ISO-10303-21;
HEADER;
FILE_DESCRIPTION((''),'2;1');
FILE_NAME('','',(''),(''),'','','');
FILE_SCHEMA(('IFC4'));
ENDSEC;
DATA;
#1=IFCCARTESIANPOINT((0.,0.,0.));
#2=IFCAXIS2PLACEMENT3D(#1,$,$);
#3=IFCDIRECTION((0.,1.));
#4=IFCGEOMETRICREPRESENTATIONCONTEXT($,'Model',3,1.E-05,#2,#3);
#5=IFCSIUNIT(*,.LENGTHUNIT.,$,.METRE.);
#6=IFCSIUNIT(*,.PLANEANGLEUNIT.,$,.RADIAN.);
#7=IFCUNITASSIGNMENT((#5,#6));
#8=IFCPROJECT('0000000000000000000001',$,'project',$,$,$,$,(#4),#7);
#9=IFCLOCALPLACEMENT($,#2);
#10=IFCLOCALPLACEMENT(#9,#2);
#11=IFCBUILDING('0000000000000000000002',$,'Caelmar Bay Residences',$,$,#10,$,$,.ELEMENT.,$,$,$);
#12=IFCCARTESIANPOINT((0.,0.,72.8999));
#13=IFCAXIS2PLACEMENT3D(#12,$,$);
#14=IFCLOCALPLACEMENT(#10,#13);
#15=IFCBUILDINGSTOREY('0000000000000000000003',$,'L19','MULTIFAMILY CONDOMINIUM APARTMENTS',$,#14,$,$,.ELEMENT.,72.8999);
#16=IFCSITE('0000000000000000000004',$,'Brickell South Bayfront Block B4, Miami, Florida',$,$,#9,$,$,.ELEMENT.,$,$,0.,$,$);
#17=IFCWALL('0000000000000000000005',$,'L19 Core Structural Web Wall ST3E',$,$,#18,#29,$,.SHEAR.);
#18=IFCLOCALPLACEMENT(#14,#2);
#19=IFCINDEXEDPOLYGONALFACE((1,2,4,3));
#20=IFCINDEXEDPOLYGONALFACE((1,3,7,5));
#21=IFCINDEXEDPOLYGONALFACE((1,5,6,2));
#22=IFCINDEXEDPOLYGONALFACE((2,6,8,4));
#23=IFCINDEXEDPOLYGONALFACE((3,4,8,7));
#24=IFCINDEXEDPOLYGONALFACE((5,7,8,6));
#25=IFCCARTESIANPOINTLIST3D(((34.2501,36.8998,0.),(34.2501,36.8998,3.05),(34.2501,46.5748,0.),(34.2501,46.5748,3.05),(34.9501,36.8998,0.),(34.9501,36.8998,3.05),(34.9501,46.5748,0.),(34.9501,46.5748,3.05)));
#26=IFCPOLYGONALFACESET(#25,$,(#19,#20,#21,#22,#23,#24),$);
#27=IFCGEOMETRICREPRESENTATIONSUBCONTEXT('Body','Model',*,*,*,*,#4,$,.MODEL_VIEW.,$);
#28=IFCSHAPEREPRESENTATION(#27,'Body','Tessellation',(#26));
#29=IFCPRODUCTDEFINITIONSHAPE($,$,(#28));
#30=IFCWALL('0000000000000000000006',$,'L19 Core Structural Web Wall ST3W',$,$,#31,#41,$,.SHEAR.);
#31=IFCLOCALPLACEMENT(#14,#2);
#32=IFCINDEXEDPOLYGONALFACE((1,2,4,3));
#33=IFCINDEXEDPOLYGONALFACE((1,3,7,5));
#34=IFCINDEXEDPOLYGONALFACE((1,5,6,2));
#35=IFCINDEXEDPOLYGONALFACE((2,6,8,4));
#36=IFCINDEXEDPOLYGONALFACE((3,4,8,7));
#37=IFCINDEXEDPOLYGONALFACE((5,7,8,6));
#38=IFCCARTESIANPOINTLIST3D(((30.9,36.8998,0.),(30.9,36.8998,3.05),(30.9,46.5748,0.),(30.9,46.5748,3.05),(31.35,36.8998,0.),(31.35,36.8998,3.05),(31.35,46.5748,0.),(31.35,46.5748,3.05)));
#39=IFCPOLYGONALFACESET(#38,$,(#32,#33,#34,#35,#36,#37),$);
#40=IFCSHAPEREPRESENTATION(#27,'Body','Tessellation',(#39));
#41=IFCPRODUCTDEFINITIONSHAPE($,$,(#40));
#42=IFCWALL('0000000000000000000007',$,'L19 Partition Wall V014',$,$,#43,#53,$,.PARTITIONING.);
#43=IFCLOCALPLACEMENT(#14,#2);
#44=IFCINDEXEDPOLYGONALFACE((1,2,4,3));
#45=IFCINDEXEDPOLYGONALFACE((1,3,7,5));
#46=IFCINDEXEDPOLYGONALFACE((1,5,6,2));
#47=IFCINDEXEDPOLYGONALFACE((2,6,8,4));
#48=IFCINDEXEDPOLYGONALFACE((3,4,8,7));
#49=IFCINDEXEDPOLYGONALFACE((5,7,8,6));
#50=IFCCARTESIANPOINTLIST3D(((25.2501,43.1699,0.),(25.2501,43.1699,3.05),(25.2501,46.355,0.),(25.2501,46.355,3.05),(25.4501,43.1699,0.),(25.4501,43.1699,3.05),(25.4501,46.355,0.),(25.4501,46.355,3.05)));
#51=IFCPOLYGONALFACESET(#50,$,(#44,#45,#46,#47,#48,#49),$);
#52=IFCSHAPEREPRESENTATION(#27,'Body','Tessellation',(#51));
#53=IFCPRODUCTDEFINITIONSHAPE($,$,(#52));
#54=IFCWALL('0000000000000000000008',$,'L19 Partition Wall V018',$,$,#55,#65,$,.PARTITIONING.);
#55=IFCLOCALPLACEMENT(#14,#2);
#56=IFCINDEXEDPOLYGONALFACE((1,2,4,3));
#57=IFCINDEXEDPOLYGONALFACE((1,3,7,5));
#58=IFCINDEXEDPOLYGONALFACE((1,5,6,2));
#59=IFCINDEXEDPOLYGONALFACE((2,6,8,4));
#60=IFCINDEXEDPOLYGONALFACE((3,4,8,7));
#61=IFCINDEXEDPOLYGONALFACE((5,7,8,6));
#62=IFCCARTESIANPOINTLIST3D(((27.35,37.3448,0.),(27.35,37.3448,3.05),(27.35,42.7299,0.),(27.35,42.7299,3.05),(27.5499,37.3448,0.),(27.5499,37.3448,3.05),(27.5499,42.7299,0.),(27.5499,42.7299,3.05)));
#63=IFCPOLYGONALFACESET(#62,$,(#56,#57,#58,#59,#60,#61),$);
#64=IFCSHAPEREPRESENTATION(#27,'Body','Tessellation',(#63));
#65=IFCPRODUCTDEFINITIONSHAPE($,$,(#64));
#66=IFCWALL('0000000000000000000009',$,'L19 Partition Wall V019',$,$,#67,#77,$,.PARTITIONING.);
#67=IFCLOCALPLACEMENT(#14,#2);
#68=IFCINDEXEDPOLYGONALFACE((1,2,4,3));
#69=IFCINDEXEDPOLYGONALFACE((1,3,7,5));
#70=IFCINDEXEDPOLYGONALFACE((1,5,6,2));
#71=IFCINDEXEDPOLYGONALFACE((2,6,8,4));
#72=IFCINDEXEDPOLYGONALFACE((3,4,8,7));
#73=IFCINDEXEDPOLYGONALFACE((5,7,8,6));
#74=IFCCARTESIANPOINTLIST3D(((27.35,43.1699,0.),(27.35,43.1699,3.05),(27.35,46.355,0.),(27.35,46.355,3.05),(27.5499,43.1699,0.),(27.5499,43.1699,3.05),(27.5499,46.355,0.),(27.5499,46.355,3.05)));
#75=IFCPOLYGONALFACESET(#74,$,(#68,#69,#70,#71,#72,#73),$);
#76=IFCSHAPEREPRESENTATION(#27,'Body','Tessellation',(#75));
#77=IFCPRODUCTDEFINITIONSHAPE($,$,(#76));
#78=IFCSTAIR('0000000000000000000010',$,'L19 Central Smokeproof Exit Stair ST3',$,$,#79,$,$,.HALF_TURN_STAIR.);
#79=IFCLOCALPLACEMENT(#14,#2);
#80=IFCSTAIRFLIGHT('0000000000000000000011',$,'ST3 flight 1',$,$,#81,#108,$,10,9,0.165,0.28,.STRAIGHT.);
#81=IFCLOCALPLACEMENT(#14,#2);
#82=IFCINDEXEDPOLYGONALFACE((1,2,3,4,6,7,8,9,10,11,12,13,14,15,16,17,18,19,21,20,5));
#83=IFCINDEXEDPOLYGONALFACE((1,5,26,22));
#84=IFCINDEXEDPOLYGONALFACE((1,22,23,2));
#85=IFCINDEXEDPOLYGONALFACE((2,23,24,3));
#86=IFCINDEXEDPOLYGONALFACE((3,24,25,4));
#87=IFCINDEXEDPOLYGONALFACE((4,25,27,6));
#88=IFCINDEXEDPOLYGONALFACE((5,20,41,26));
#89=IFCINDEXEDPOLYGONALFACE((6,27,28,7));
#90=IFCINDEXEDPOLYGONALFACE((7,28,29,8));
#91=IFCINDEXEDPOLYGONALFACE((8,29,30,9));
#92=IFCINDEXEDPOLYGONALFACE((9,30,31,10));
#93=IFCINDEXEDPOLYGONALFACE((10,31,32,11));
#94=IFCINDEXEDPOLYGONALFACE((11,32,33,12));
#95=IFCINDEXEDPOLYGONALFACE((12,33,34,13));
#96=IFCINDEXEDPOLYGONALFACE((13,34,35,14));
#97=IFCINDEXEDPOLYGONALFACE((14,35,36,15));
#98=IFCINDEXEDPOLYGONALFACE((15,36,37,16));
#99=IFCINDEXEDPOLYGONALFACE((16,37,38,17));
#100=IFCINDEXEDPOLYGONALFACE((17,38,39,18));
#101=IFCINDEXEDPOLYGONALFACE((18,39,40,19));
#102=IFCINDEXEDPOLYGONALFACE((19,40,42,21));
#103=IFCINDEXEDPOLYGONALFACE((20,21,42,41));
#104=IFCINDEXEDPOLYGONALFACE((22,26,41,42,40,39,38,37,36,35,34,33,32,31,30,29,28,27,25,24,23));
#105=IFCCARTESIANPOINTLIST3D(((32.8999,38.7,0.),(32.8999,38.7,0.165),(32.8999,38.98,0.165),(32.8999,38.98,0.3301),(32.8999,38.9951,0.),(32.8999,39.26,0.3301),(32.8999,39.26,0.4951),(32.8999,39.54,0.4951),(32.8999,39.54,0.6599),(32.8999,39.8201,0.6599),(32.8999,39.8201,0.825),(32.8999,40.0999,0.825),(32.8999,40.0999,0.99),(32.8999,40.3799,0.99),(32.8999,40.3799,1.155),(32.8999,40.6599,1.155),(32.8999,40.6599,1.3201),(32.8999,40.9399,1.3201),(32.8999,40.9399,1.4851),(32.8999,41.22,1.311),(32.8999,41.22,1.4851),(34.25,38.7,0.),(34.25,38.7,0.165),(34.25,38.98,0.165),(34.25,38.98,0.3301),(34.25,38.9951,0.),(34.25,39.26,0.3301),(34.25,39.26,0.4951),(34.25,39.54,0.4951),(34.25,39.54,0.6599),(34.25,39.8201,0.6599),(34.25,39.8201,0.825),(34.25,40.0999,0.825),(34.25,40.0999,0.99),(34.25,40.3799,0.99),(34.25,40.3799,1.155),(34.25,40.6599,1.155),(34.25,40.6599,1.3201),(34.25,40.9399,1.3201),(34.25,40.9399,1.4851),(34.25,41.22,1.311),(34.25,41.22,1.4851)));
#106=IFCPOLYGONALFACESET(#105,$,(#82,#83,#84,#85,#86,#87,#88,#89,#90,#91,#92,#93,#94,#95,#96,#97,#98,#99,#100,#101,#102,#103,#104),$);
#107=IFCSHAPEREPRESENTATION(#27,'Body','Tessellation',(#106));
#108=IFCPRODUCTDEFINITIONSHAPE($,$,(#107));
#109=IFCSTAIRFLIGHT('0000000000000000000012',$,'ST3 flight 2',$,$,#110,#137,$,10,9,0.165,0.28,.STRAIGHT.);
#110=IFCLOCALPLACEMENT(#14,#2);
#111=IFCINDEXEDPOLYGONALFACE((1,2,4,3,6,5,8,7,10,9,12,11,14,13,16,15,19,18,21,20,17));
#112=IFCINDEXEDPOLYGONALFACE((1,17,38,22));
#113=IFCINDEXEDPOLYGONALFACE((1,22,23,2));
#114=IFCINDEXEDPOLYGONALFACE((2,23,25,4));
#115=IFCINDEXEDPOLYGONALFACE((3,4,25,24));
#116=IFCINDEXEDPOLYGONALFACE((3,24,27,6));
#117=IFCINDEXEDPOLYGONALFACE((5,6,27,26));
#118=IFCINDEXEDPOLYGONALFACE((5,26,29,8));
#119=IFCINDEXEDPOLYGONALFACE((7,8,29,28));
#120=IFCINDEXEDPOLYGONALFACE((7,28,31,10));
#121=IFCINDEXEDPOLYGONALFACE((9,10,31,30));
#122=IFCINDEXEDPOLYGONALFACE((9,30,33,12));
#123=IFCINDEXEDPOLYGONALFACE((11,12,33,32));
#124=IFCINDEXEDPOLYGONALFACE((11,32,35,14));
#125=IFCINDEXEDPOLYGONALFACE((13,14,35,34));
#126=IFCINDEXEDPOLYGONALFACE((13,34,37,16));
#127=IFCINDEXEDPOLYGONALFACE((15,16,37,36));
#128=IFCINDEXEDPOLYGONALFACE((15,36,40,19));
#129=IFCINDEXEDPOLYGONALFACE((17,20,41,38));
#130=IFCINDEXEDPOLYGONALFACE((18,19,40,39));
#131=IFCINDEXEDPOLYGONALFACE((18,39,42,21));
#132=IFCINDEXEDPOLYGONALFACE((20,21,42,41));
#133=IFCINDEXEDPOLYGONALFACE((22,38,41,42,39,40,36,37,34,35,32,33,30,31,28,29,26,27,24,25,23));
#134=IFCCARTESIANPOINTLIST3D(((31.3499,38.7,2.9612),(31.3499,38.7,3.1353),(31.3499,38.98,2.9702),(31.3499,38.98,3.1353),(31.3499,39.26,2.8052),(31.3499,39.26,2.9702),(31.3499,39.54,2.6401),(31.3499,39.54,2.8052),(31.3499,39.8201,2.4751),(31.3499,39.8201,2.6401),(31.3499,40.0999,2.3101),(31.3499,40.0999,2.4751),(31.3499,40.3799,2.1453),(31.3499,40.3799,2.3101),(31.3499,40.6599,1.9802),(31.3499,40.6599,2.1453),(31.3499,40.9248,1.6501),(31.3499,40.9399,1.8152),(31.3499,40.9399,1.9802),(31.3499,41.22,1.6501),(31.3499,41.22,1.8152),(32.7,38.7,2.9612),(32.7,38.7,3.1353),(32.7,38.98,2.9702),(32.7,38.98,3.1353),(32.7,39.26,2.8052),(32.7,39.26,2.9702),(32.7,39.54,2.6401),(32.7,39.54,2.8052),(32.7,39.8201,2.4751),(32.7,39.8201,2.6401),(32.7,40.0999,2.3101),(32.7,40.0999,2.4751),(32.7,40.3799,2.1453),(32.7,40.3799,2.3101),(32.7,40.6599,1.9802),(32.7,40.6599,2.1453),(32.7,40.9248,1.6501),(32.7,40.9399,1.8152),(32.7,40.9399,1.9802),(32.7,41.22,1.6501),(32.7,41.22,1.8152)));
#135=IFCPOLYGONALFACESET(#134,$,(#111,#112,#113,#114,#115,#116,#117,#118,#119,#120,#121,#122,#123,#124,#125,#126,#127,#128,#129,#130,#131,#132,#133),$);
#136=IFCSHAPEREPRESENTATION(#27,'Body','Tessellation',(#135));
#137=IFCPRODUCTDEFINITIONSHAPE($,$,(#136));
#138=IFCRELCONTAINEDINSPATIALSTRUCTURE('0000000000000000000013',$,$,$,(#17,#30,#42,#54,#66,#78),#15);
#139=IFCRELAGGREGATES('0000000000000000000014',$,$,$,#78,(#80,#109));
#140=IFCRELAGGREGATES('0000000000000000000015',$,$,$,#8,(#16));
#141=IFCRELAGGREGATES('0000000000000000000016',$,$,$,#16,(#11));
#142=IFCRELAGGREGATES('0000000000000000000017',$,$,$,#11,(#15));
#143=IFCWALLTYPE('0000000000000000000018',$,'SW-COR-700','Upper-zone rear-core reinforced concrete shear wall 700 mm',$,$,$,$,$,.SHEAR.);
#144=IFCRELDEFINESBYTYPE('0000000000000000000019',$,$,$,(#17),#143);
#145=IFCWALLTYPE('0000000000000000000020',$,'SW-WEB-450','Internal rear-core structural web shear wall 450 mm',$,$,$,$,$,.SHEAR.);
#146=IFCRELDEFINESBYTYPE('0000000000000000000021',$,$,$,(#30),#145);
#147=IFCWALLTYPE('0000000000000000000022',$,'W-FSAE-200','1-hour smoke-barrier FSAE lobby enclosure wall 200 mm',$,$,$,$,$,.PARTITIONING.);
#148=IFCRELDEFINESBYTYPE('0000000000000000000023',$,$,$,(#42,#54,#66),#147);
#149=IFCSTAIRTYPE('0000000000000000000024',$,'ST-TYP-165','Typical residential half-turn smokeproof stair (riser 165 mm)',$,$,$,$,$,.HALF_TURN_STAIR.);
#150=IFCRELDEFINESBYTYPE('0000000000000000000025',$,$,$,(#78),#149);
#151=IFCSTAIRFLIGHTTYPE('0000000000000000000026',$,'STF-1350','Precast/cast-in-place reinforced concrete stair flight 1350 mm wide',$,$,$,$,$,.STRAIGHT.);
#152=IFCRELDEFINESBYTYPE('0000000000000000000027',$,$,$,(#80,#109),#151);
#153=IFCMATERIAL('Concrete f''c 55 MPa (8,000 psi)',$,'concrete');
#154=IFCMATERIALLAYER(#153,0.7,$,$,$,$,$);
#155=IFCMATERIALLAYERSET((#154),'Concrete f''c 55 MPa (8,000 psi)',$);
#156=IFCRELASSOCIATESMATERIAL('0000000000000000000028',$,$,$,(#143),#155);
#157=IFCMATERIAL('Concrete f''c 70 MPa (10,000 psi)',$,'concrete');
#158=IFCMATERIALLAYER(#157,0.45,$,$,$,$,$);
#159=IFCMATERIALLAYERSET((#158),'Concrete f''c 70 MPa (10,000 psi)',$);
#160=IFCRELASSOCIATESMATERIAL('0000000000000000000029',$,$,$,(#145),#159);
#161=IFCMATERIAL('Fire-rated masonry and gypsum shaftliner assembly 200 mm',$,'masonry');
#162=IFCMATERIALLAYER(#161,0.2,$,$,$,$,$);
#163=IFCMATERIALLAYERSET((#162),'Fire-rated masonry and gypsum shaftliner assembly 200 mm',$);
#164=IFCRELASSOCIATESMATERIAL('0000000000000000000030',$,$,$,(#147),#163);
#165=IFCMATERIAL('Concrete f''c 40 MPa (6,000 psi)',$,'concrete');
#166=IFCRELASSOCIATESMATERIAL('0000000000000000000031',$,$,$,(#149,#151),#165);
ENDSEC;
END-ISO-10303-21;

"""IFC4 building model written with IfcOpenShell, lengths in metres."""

from ifc_helpers import new_model, si_unit, direction, frame, frame_2d, origin, place, context, subcontext, project, spatial, polyline, rectangle, outline, extrude, material, layer, layer_set, type_object, element, aggregate, save


model = new_model("IFC4")

# Units and contexts
model_context = context("Model", 3, precision=1e-05, world=origin(), true_north=direction((0.0, 1.0)))
body_context = subcontext(model_context, "Body", "Model", "MODEL_VIEW")
ifc_project = project(units=[si_unit("LENGTHUNIT", "METRE"), si_unit("PLANEANGLEUNIT", "RADIAN")], contexts=[model_context])

# Site, building, storey
site_placement = place(None, origin())
site = spatial("IfcSite", under=ifc_project, at=site_placement, Name="Brickell South Bayfront Block B4, Miami, Florida", CompositionType="ELEMENT", RefElevation=0.0)
building_placement = place(site_placement, origin())
building = spatial("IfcBuilding", under=site, at=building_placement, Name="Caelmar Bay Residences", CompositionType="ELEMENT")
storey_placement = place(building_placement, frame((0.0, 0.0, 72.8999)))
storey = spatial("IfcBuildingStorey", under=building, at=storey_placement, Name="L19", Description="MULTIFAMILY CONDOMINIUM APARTMENTS", CompositionType="ELEMENT", Elevation=72.8999)

# Walls
ifc_material_1 = material(Name="Concrete f'c 55 MPa (8,000 psi)", Category="concrete")
ifc_layer_1 = layer(ifc_material_1, 0.7)
ifc_layer_set_1 = layer_set([ifc_layer_1], Name="Concrete f'c 55 MPa (8,000 psi)")
wall_type_1 = type_object("IfcWallType", Name="SW-COR-700", Description="Upper-zone rear-core reinforced concrete shear wall 700 mm", PredefinedType="SHEAR", material=ifc_layer_set_1)
wall_1_placement = place(storey_placement, frame((34.6001, 36.8999, 0.0), z_axis=(0.0, 0.0, 1.0), x_axis=(0.0, 1.0, 0.0)))
element("IfcWall", 1, at=wall_1_placement, inside=storey, type_object=wall_type_1, Name="L19 Core Structural Web Wall ST3E", PredefinedType="SHEAR", context=body_context, shape_type="SweptSolid", body=[
    extrude(rectangle(XDim=9.675, YDim=0.7, at=frame_2d((4.8374, 0.0))), origin(), (0.0, 0.0, 1.0), 3.05),
])
ifc_material_2 = material(Name="Concrete f'c 70 MPa (10,000 psi)", Category="concrete")
ifc_layer_2 = layer(ifc_material_2, 0.45)
ifc_layer_set_2 = layer_set([ifc_layer_2], Name="Concrete f'c 70 MPa (10,000 psi)")
wall_type_2 = type_object("IfcWallType", Name="SW-WEB-450", Description="Internal rear-core structural web shear wall 450 mm", PredefinedType="SHEAR", material=ifc_layer_set_2)
wall_2_placement = place(storey_placement, frame((31.125, 36.8999, 0.0), z_axis=(0.0, 0.0, 1.0), x_axis=(0.0, 1.0, 0.0)))
element("IfcWall", 2, at=wall_2_placement, inside=storey, type_object=wall_type_2, Name="L19 Core Structural Web Wall ST3W", PredefinedType="SHEAR", context=body_context, shape_type="SweptSolid", body=[
    extrude(rectangle(XDim=9.675, YDim=0.45, at=frame_2d((4.8374, 0.0))), origin(), (0.0, 0.0, 1.0), 3.05),
])
ifc_material_3 = material(Name="Fire-rated masonry and gypsum shaftliner assembly 200 mm", Category="masonry")
ifc_layer_3 = layer(ifc_material_3, 0.2)
ifc_layer_set_3 = layer_set([ifc_layer_3], Name="Fire-rated masonry and gypsum shaftliner assembly 200 mm")
wall_type_3 = type_object("IfcWallType", Name="W-FSAE-200", Description="1-hour smoke-barrier FSAE lobby enclosure wall 200 mm", PredefinedType="PARTITIONING", material=ifc_layer_set_3)
wall_3_placement = place(storey_placement, frame((25.3501, 43.1699, 0.0), z_axis=(0.0, 0.0, 1.0), x_axis=(0.0, 1.0, 0.0)))
element("IfcWall", 3, at=wall_3_placement, inside=storey, type_object=wall_type_3, Name="L19 Partition Wall V014", PredefinedType="PARTITIONING", context=body_context, shape_type="SweptSolid", body=[
    extrude(rectangle(XDim=3.1851, YDim=0.2, at=frame_2d((1.5925, 0.0))), origin(), (0.0, 0.0, 1.0), 3.05),
])
wall_4_placement = place(storey_placement, frame((27.45, 37.345, 0.0), z_axis=(0.0, 0.0, 1.0), x_axis=(0.0, 1.0, 0.0)))
element("IfcWall", 4, at=wall_4_placement, inside=storey, type_object=wall_type_3, Name="L19 Partition Wall V018", PredefinedType="PARTITIONING", context=body_context, shape_type="SweptSolid", body=[
    extrude(rectangle(XDim=5.385, YDim=0.2, at=frame_2d((2.6924, 0.0))), origin(), (0.0, 0.0, 1.0), 3.05),
])
wall_5_placement = place(storey_placement, frame((27.45, 43.1699, 0.0), z_axis=(0.0, 0.0, 1.0), x_axis=(0.0, 1.0, 0.0)))
element("IfcWall", 5, at=wall_5_placement, inside=storey, type_object=wall_type_3, Name="L19 Partition Wall V019", PredefinedType="PARTITIONING", context=body_context, shape_type="SweptSolid", body=[
    extrude(rectangle(XDim=3.1851, YDim=0.2, at=frame_2d((1.5925, 0.0))), origin(), (0.0, 0.0, 1.0), 3.05),
])

# Stair, stair flights
ifc_material_4 = material(Name="Concrete f'c 40 MPa (6,000 psi)", Category="concrete")
stair_type = type_object("IfcStairType", Name="ST-TYP-165", Description="Typical residential half-turn smokeproof stair (riser 165 mm)", PredefinedType="HALF_TURN_STAIR", material=ifc_material_4)
stair_placement = place(storey_placement, origin())
stair = element("IfcStair", 6, at=stair_placement, inside=storey, type_object=stair_type, Name="L19 Central Smokeproof Exit Stair ST3", PredefinedType="HALF_TURN_STAIR")
stair_flight_type = type_object("IfcStairFlightType", Name="STF-1350", Description="Precast/cast-in-place reinforced concrete stair flight 1350 mm wide", PredefinedType="STRAIGHT", material=ifc_material_4)
stair_flight_1_placement = place(storey_placement, frame((33.575, 38.7, 0.0), z_axis=(0.0, 0.0, 1.0), x_axis=(0.0, 1.0, 0.0)))
stair_flight_1 = element("IfcStairFlight", 7, at=stair_flight_1_placement, type_object=stair_flight_type, Name="ST3 flight 1", NumberOfRisers=10, NumberOfTreads=9, PredefinedType="STRAIGHT", RiserHeight=0.165, TreadLength=0.28, context=body_context, shape_type="SweptSolid", body=[
    extrude(outline(polyline([(0.0, 0.0), (0.0, 0.165), (0.28, 0.165), (0.28, 0.3301), (0.5601, 0.3301), (0.5601, 0.4951), (0.8401, 0.4951), (0.8401, 0.6599), (1.1201, 0.6599), (1.1201, 0.825), (1.3999, 0.825), (1.3999, 0.99), (1.6799, 0.99), (1.6799, 1.155), (1.96, 1.155), (1.96, 1.3201), (2.24, 1.3201), (2.24, 1.4851), (2.52, 1.4851), (2.52, 1.6499), (2.52, 1.311), (0.2952, 0.0), (0.0, 0.0)])), frame((0.0, 0.675, 0.0), z_axis=(0.0, -1.0, 0.0), x_axis=(1.0, 0.0, 0.0)), (0.0, 0.0, 1.0), 1.3501),
])
stair_flight_2_placement = place(storey_placement, frame((32.0249, 41.22, 1.6501), z_axis=(0.0, 0.0, 1.0), x_axis=(0.0, -1.0, 0.0)))
stair_flight_2 = element("IfcStairFlight", 8, at=stair_flight_2_placement, type_object=stair_flight_type, Name="ST3 flight 2", NumberOfRisers=10, NumberOfTreads=9, PredefinedType="STRAIGHT", RiserHeight=0.165, TreadLength=0.28, context=body_context, shape_type="SweptSolid", body=[
    extrude(outline(polyline([(0.0, 0.0), (0.0, 0.165), (0.28, 0.165), (0.28, 0.3301), (0.5601, 0.3301), (0.5601, 0.4951), (0.8401, 0.4951), (0.8401, 0.6599), (1.1201, 0.6599), (1.1201, 0.825), (1.3999, 0.825), (1.3999, 0.99), (1.6799, 0.99), (1.6799, 1.155), (1.96, 1.155), (1.96, 1.3201), (2.24, 1.3201), (2.24, 1.4851), (2.52, 1.4851), (2.52, 1.6499), (2.52, 1.311), (0.2952, 0.0), (0.0, 0.0)])), frame((0.0, 0.675, 0.0), z_axis=(0.0, -1.0, 0.0), x_axis=(1.0, 0.0, 0.0)), (0.0, 0.0, 1.0), 1.3501),
])
aggregate(stair, [stair_flight_1, stair_flight_2])

save(model, "model.ifc")
